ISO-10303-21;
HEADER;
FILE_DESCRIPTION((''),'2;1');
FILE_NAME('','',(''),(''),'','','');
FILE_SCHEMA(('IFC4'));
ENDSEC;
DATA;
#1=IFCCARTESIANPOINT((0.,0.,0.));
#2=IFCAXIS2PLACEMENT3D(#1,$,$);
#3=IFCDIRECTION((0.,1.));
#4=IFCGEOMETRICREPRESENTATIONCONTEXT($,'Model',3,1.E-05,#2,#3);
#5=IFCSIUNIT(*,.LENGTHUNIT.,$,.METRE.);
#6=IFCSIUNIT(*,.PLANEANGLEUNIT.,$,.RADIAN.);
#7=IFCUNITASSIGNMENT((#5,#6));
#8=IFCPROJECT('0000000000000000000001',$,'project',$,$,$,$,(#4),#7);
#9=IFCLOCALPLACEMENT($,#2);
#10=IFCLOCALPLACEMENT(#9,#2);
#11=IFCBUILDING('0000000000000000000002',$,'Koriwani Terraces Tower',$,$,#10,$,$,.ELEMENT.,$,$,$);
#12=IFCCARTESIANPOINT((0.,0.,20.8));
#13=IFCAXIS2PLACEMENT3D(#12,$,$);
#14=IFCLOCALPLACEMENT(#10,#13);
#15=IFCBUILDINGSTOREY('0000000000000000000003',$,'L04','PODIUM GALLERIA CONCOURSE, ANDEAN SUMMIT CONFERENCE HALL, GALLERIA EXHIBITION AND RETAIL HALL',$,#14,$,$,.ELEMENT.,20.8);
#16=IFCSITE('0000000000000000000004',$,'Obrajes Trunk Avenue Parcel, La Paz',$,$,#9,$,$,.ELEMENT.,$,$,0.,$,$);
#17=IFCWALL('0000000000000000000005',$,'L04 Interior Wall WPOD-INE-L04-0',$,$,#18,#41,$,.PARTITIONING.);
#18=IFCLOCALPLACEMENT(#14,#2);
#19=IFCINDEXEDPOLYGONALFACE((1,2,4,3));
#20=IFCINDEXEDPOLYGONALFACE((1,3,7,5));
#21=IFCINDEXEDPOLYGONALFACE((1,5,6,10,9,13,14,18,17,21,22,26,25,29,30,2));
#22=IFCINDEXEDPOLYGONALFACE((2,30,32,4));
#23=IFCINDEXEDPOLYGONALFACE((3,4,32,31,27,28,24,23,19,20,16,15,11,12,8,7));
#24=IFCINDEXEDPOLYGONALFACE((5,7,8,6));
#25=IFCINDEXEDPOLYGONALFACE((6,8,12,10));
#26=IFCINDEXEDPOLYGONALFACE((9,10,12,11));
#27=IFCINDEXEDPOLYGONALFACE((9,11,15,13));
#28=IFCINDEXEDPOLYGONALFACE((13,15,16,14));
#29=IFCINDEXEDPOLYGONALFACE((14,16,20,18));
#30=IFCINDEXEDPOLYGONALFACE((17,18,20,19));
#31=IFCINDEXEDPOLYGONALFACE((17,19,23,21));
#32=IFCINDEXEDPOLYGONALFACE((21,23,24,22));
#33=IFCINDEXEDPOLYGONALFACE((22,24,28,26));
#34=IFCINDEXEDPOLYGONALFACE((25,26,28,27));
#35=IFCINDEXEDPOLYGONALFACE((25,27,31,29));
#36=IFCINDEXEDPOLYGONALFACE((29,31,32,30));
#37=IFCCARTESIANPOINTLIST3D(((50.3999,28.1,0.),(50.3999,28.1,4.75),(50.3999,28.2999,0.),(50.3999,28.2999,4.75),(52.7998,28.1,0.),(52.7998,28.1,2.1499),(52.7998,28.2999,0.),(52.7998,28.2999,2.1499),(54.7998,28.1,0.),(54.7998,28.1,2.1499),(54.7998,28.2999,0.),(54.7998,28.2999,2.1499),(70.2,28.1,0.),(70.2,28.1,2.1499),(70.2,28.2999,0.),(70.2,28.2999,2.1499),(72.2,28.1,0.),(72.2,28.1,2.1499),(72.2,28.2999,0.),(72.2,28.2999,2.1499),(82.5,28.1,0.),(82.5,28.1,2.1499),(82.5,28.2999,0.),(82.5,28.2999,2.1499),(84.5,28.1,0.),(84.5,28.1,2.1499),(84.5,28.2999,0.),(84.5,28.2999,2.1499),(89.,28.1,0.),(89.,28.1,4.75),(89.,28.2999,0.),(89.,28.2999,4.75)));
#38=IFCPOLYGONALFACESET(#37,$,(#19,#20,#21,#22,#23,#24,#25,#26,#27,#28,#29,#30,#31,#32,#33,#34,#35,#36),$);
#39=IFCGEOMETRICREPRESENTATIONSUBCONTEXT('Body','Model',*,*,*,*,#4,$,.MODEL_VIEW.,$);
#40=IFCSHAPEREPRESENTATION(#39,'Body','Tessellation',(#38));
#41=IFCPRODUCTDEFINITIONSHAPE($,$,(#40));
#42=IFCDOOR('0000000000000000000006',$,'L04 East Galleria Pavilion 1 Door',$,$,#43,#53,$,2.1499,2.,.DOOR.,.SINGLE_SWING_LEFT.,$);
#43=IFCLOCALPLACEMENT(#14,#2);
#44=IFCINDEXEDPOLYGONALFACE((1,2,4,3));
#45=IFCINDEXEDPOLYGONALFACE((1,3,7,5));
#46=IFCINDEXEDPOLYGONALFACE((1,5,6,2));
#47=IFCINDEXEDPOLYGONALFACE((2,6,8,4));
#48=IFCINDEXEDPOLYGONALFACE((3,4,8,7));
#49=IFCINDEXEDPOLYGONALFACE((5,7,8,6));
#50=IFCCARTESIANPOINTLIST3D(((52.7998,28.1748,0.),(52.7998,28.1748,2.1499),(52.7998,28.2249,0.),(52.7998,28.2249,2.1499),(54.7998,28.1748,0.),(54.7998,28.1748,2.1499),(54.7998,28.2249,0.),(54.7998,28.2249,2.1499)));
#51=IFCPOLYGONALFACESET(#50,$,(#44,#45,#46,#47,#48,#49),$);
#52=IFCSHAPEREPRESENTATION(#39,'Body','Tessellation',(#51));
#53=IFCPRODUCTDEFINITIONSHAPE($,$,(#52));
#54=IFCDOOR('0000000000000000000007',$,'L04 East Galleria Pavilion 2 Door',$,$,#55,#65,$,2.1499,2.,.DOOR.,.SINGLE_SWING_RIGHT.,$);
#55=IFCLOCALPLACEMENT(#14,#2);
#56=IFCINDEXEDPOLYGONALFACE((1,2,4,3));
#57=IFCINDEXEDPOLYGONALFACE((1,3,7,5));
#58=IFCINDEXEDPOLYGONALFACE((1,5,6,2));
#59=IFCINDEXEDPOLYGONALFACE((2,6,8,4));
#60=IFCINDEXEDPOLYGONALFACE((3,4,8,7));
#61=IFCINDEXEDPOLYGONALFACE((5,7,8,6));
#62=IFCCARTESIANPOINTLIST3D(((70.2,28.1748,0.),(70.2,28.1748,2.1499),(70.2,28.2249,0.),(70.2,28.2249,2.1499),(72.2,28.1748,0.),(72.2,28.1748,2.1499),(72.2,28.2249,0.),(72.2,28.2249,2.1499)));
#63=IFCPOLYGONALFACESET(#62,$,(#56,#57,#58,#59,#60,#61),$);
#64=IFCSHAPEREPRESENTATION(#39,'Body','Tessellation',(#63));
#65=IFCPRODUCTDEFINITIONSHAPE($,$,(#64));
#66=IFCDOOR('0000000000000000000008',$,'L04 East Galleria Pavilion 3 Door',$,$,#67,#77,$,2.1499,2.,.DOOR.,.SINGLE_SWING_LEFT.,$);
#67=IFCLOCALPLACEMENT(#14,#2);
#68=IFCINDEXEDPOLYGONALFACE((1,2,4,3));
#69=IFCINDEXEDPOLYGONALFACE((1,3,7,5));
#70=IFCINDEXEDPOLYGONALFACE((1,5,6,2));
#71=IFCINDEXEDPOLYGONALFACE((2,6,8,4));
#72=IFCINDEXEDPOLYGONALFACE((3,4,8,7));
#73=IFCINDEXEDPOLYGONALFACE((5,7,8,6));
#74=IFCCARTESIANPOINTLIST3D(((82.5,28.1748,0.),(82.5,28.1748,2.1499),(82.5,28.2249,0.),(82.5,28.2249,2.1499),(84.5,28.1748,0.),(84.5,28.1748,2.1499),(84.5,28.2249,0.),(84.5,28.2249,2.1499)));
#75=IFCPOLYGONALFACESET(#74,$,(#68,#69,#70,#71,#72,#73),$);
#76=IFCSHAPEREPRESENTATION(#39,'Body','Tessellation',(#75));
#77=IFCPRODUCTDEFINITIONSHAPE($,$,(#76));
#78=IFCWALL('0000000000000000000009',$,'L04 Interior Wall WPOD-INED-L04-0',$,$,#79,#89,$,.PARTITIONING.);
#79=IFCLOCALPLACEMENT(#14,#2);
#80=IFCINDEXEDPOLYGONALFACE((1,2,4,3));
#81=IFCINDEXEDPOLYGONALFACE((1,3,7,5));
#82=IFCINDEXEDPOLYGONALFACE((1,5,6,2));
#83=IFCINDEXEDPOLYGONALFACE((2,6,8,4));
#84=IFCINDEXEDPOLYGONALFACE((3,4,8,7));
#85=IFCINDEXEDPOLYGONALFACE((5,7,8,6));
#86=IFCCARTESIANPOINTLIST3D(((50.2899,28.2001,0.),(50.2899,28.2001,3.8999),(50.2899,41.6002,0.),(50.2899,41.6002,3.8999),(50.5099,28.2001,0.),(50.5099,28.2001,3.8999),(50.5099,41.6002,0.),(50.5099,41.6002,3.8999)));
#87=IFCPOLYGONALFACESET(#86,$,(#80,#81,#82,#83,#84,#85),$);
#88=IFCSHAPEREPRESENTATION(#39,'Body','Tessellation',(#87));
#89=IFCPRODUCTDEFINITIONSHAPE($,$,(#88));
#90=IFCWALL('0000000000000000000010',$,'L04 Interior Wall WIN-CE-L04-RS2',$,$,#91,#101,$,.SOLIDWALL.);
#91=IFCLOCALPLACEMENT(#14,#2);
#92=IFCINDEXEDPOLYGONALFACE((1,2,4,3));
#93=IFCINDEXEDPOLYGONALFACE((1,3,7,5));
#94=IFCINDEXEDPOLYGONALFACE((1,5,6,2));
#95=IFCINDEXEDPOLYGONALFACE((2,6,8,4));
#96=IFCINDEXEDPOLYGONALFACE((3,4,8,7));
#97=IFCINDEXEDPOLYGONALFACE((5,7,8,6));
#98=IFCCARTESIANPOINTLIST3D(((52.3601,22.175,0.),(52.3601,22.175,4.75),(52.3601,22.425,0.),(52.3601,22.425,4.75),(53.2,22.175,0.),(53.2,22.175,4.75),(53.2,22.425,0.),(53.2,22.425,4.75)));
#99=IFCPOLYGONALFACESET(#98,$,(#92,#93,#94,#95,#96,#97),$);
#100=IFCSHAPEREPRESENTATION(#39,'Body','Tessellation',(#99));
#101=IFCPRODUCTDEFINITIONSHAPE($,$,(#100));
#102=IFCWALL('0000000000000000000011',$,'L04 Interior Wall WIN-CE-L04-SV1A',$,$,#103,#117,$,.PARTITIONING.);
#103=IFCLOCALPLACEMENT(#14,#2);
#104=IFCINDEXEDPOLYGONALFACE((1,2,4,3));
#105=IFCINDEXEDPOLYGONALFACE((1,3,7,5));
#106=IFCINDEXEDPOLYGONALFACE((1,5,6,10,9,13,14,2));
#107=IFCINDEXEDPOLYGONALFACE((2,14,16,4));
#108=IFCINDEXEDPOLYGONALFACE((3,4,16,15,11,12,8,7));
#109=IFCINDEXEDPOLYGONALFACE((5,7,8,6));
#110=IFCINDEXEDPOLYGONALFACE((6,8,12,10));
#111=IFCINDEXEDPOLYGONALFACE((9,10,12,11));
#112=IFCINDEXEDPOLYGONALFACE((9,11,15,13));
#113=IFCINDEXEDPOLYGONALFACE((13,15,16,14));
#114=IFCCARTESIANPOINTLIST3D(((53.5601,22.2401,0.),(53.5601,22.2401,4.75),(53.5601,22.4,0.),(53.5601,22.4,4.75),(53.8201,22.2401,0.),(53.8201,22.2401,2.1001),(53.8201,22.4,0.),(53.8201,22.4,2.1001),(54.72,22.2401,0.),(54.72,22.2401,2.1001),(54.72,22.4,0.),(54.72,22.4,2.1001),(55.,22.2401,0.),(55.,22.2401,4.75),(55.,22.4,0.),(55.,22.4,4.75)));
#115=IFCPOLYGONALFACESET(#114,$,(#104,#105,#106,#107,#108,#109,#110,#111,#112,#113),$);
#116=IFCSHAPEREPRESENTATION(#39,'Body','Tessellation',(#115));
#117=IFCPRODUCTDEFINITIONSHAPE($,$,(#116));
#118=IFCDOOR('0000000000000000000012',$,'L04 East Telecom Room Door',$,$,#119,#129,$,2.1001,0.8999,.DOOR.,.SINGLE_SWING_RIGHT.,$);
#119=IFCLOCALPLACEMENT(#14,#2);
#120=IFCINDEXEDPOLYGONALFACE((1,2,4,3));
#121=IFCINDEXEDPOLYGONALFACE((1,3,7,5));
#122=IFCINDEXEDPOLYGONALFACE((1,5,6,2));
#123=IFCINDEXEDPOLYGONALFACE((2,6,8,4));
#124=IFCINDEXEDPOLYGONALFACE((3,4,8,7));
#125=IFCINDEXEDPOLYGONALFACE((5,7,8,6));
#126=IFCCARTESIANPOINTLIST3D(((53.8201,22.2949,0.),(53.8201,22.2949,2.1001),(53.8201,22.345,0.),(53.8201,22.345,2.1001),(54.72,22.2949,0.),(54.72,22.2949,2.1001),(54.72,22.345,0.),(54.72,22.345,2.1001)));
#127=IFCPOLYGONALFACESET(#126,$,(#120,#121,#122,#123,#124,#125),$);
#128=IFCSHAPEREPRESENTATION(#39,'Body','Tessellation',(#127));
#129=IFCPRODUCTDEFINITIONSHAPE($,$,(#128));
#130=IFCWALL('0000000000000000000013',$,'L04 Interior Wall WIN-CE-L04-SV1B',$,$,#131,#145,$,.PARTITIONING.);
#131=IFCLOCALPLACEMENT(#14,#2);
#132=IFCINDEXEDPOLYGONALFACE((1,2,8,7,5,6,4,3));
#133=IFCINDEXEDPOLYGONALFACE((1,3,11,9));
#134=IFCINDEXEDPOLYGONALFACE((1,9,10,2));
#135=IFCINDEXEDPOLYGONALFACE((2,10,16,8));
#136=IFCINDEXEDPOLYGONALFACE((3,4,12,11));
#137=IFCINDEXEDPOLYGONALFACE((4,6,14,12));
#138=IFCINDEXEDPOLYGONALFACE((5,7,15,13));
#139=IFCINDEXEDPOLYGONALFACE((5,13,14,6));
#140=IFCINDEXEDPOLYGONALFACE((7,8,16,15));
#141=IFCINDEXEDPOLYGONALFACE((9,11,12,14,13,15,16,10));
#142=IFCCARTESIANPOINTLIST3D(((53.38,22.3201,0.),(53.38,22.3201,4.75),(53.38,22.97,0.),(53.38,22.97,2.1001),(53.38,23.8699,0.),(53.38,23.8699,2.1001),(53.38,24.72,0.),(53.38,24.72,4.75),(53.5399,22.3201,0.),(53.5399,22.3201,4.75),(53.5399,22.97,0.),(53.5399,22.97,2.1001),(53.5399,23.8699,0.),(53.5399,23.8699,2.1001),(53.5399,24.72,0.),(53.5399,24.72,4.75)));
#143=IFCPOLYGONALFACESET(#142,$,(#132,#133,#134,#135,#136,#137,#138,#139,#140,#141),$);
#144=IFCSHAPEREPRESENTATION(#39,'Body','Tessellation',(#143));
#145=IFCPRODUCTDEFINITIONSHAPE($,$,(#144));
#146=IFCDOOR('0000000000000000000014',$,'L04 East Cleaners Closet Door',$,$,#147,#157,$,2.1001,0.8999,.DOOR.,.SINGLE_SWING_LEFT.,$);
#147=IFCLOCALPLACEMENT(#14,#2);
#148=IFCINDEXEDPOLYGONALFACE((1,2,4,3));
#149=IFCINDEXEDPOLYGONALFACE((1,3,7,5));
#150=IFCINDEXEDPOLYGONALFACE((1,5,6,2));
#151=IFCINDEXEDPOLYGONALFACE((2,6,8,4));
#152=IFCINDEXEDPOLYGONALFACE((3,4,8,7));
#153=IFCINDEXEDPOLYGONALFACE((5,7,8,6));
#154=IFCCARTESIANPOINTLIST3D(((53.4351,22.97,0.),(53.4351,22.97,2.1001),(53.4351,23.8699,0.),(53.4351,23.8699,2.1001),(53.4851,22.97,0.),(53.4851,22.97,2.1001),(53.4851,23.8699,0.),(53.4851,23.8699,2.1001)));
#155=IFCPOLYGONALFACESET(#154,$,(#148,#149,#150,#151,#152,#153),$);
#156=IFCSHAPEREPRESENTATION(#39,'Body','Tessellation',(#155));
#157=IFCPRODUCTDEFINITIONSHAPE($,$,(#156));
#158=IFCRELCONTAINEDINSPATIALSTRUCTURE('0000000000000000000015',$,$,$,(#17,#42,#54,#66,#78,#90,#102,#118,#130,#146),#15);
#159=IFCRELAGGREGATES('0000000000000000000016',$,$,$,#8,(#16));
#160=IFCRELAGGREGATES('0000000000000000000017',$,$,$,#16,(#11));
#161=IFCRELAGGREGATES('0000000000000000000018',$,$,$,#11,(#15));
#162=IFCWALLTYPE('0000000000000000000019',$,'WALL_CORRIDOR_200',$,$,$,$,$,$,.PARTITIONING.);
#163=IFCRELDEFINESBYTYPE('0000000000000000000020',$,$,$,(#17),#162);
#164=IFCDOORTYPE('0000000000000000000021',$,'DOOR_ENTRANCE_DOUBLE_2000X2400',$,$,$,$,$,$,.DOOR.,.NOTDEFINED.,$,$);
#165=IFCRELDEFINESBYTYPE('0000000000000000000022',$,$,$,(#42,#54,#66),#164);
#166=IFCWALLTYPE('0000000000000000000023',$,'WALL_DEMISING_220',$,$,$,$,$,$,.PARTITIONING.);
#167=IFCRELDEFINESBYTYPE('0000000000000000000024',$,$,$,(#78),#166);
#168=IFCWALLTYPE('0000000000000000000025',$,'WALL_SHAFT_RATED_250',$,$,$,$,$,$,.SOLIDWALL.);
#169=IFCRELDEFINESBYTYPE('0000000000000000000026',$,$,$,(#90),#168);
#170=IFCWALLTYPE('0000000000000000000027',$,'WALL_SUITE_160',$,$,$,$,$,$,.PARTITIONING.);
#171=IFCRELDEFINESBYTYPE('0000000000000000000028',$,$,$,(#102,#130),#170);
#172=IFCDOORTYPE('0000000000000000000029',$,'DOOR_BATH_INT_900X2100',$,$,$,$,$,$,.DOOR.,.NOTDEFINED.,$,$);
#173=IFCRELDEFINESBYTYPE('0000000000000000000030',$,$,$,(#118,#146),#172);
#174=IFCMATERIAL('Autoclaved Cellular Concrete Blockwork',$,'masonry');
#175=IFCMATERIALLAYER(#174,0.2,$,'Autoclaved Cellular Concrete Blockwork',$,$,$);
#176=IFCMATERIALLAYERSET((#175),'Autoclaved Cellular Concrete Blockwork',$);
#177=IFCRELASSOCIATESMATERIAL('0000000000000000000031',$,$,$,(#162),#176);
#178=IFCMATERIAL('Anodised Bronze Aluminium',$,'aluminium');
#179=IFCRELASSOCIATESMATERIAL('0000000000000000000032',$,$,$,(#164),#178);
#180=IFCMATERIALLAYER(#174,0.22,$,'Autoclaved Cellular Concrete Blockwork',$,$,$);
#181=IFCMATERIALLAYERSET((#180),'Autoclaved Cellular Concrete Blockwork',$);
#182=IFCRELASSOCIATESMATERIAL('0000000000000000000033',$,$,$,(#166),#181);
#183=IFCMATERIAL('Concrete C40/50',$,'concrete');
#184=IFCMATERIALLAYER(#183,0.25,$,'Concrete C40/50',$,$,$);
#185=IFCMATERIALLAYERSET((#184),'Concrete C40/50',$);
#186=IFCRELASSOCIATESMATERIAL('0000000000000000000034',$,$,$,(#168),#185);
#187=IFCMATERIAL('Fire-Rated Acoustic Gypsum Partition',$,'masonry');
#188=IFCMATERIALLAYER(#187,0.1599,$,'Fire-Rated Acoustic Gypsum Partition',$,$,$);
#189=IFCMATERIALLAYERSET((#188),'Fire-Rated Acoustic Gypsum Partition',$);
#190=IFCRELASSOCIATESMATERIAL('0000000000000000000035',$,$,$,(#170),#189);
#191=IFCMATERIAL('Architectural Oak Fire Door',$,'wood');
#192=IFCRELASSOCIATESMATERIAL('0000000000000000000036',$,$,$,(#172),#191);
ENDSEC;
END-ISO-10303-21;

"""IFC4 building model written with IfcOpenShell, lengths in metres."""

from ifc_helpers import new_model, si_unit, direction, frame, frame_2d, origin, place, context, subcontext, project, spatial, rectangle, extrude, material, layer, layer_set, type_object, element, fill, save


model = new_model("IFC4")

# Units and contexts
model_context = context("Model", 3, precision=1e-05, world=origin(), true_north=direction((0.0, 1.0)))
body_context = subcontext(model_context, "Body", "Model", "MODEL_VIEW")
ifc_project = project(units=[si_unit("LENGTHUNIT", "METRE"), si_unit("PLANEANGLEUNIT", "RADIAN")], contexts=[model_context])

# Site, building, storey
site_placement = place(None, origin())
site = spatial("IfcSite", under=ifc_project, at=site_placement, Name="Obrajes Trunk Avenue Parcel, La Paz", CompositionType="ELEMENT", RefElevation=0.0)
building_placement = place(site_placement, origin())
building = spatial("IfcBuilding", under=site, at=building_placement, Name="Koriwani Terraces Tower", CompositionType="ELEMENT")
storey_placement = place(building_placement, frame((0.0, 0.0, 20.8)))
storey = spatial("IfcBuildingStorey", under=building, at=storey_placement, Name="L04", Description="PODIUM GALLERIA CONCOURSE, ANDEAN SUMMIT CONFERENCE HALL, GALLERIA EXHIBITION AND RETAIL HALL", CompositionType="ELEMENT", Elevation=20.8)

# Wall, openings, doors
ifc_material_1 = material(Name="Autoclaved Cellular Concrete Blockwork", Category="masonry")
ifc_layer_1 = layer(ifc_material_1, 0.2, Name="Autoclaved Cellular Concrete Blockwork")
ifc_layer_set_1 = layer_set([ifc_layer_1], Name="Autoclaved Cellular Concrete Blockwork")
wall_type_1 = type_object("IfcWallType", Name="WALL_CORRIDOR_200", PredefinedType="PARTITIONING", material=ifc_layer_set_1)
wall_1_placement = place(storey_placement, frame((50.3999, 28.2, 0.0), z_axis=(0.0, 0.0, 1.0), x_axis=(1.0, 0.0, 0.0)))
wall_1 = element("IfcWall", 1, at=wall_1_placement, inside=storey, type_object=wall_type_1, Name="L04 Interior Wall WPOD-INE-L04-0", PredefinedType="PARTITIONING", context=body_context, shape_type="SweptSolid", body=[
    extrude(rectangle(XDim=38.6001, YDim=0.2, at=frame_2d((19.3, 0.0))), origin(), (0.0, 0.0, 1.0), 4.75),
])
opening_1_placement = place(wall_1_placement, frame((2.3999, 0.0, 0.0)))
opening_1 = element("IfcOpeningElement", 2, at=opening_1_placement, cuts=wall_1, PredefinedType="OPENING", context=body_context, shape_type="SweptSolid", body=[
    extrude(rectangle(XDim=2.0, YDim=2.1499, at=frame_2d((1.0, 1.075))), frame((0.0, 0.1099, 0.0), z_axis=(0.0, -1.0, 0.0), x_axis=(1.0, 0.0, 0.0)), (0.0, 0.0, 1.0), 0.22),
])
opening_2_placement = place(wall_1_placement, frame((19.8, 0.0, 0.0)))
opening_2 = element("IfcOpeningElement", 3, at=opening_2_placement, cuts=wall_1, PredefinedType="OPENING", context=body_context, shape_type="SweptSolid", body=[
    extrude(rectangle(XDim=2.0, YDim=2.1499, at=frame_2d((1.0, 1.075))), frame((0.0, 0.1099, 0.0), z_axis=(0.0, -1.0, 0.0), x_axis=(1.0, 0.0, 0.0)), (0.0, 0.0, 1.0), 0.22),
])
opening_3_placement = place(wall_1_placement, frame((32.1001, 0.0, 0.0)))
opening_3 = element("IfcOpeningElement", 4, at=opening_3_placement, cuts=wall_1, PredefinedType="OPENING", context=body_context, shape_type="SweptSolid", body=[
    extrude(rectangle(XDim=2.0, YDim=2.1499, at=frame_2d((1.0, 1.075))), frame((0.0, 0.1099, 0.0), z_axis=(0.0, -1.0, 0.0), x_axis=(1.0, 0.0, 0.0)), (0.0, 0.0, 1.0), 0.22),
])
ifc_material_2 = material(Name="Anodised Bronze Aluminium", Category="aluminium")
door_type_1 = type_object("IfcDoorType", Name="DOOR_ENTRANCE_DOUBLE_2000X2400", OperationType="NOTDEFINED", PredefinedType="DOOR", material=ifc_material_2)
door_1_placement = place(opening_1_placement, origin())
door_1 = element("IfcDoor", 5, at=door_1_placement, inside=storey, type_object=door_type_1, Name="L04 East Galleria Pavilion 1 Door", OperationType="SINGLE_SWING_LEFT", OverallHeight=2.1499, OverallWidth=2.0, PredefinedType="DOOR", context=body_context, shape_type="SweptSolid", body=[
    extrude(rectangle(XDim=2.0, YDim=2.1499, at=frame_2d((1.0, 1.075))), frame((0.0, 0.0249, 0.0), z_axis=(0.0, -1.0, 0.0), x_axis=(1.0, 0.0, 0.0)), (0.0, 0.0, 1.0), 0.05),
])
fill(opening_1, door_1)
door_2_placement = place(opening_2_placement, origin())
door_2 = element("IfcDoor", 6, at=door_2_placement, inside=storey, type_object=door_type_1, Name="L04 East Galleria Pavilion 2 Door", OperationType="SINGLE_SWING_RIGHT", OverallHeight=2.1499, OverallWidth=2.0, PredefinedType="DOOR", context=body_context, shape_type="SweptSolid", body=[
    extrude(rectangle(XDim=2.0, YDim=2.1499, at=frame_2d((1.0, 1.075))), frame((0.0, 0.0249, 0.0), z_axis=(0.0, -1.0, 0.0), x_axis=(1.0, 0.0, 0.0)), (0.0, 0.0, 1.0), 0.05),
])
fill(opening_2, door_2)
door_3_placement = place(opening_3_placement, origin())
door_3 = element("IfcDoor", 7, at=door_3_placement, inside=storey, type_object=door_type_1, Name="L04 East Galleria Pavilion 3 Door", OperationType="SINGLE_SWING_LEFT", OverallHeight=2.1499, OverallWidth=2.0, PredefinedType="DOOR", context=body_context, shape_type="SweptSolid", body=[
    extrude(rectangle(XDim=2.0, YDim=2.1499, at=frame_2d((1.0, 1.075))), frame((0.0, 0.0249, 0.0), z_axis=(0.0, -1.0, 0.0), x_axis=(1.0, 0.0, 0.0)), (0.0, 0.0, 1.0), 0.05),
])
fill(opening_3, door_3)

# Wall
ifc_layer_2 = layer(ifc_material_1, 0.22, Name="Autoclaved Cellular Concrete Blockwork")
ifc_layer_set_2 = layer_set([ifc_layer_2], Name="Autoclaved Cellular Concrete Blockwork")
wall_type_2 = type_object("IfcWallType", Name="WALL_DEMISING_220", PredefinedType="PARTITIONING", material=ifc_layer_set_2)
wall_2_placement = place(storey_placement, frame((50.3999, 28.2, 0.0), z_axis=(0.0, 0.0, 1.0), x_axis=(0.0, 1.0, 0.0)))
element("IfcWall", 8, at=wall_2_placement, inside=storey, type_object=wall_type_2, Name="L04 Interior Wall WPOD-INED-L04-0", PredefinedType="PARTITIONING", context=body_context, shape_type="SweptSolid", body=[
    extrude(rectangle(XDim=13.4001, YDim=0.22, at=frame_2d((6.7002, 0.0))), origin(), (0.0, 0.0, 1.0), 3.8999),
])

# Shared definitions
ifc_material_3 = material(Name="Concrete C40/50", Category="concrete")
ifc_layer_3 = layer(ifc_material_3, 0.25, Name="Concrete C40/50")
ifc_layer_set_3 = layer_set([ifc_layer_3], Name="Concrete C40/50")
wall_type_3 = type_object("IfcWallType", Name="WALL_SHAFT_RATED_250", PredefinedType="SOLIDWALL", material=ifc_layer_set_3)

# Wall
wall_3_placement = place(storey_placement, frame((52.3601, 22.3, 0.0), z_axis=(0.0, 0.0, 1.0), x_axis=(1.0, 0.0, 0.0)))
element("IfcWall", 9, at=wall_3_placement, inside=storey, type_object=wall_type_3, Name="L04 Interior Wall WIN-CE-L04-RS2", PredefinedType="SOLIDWALL", context=body_context, shape_type="SweptSolid", body=[
    extrude(rectangle(XDim=0.8398, YDim=0.25, at=frame_2d((0.4199, 0.0))), origin(), (0.0, 0.0, 1.0), 4.75),
])

# Walls, openings, doors
ifc_material_4 = material(Name="Fire-Rated Acoustic Gypsum Partition", Category="masonry")
ifc_layer_4 = layer(ifc_material_4, 0.1599, Name="Fire-Rated Acoustic Gypsum Partition")
ifc_layer_set_4 = layer_set([ifc_layer_4], Name="Fire-Rated Acoustic Gypsum Partition")
wall_type_4 = type_object("IfcWallType", Name="WALL_SUITE_160", PredefinedType="PARTITIONING", material=ifc_layer_set_4)
wall_4_placement = place(storey_placement, frame((53.5601, 22.3201, 0.0), z_axis=(0.0, 0.0, 1.0), x_axis=(1.0, 0.0, 0.0)))
wall_4 = element("IfcWall", 10, at=wall_4_placement, inside=storey, type_object=wall_type_4, Name="L04 Interior Wall WIN-CE-L04-SV1A", PredefinedType="PARTITIONING", context=body_context, shape_type="SweptSolid", body=[
    extrude(rectangle(XDim=1.4399, YDim=0.1599, at=frame_2d((0.72, 0.0))), origin(), (0.0, 0.0, 1.0), 4.75),
])
opening_4_placement = place(wall_4_placement, frame((0.26, 0.0, 0.0)))
opening_4 = element("IfcOpeningElement", 11, at=opening_4_placement, cuts=wall_4, PredefinedType="OPENING", context=body_context, shape_type="SweptSolid", body=[
    extrude(rectangle(XDim=0.8999, YDim=2.1001, at=frame_2d((0.45, 1.05))), frame((0.0, 0.0898, 0.0), z_axis=(0.0, -1.0, 0.0), x_axis=(1.0, 0.0, 0.0)), (0.0, 0.0, 1.0), 0.1799),
])
ifc_material_5 = material(Name="Architectural Oak Fire Door", Category="wood")
door_type_2 = type_object("IfcDoorType", Name="DOOR_BATH_INT_900X2100", OperationType="NOTDEFINED", PredefinedType="DOOR", material=ifc_material_5)
door_4_placement = place(opening_4_placement, origin())
door_4 = element("IfcDoor", 12, at=door_4_placement, inside=storey, type_object=door_type_2, Name="L04 East Telecom Room Door", OperationType="SINGLE_SWING_RIGHT", OverallHeight=2.1001, OverallWidth=0.8999, PredefinedType="DOOR", context=body_context, shape_type="SweptSolid", body=[
    extrude(rectangle(XDim=0.8999, YDim=2.1001, at=frame_2d((0.45, 1.05))), frame((0.0, 0.0249, 0.0), z_axis=(0.0, -1.0, 0.0), x_axis=(1.0, 0.0, 0.0)), (0.0, 0.0, 1.0), 0.05),
])
fill(opening_4, door_4)
wall_5_placement = place(storey_placement, frame((53.46, 22.3201, 0.0), z_axis=(0.0, 0.0, 1.0), x_axis=(0.0, 1.0, 0.0)))
wall_5 = element("IfcWall", 13, at=wall_5_placement, inside=storey, type_object=wall_type_4, Name="L04 Interior Wall WIN-CE-L04-SV1B", PredefinedType="PARTITIONING", context=body_context, shape_type="SweptSolid", body=[
    extrude(rectangle(XDim=2.3999, YDim=0.1599, at=frame_2d((1.2, 0.0))), origin(), (0.0, 0.0, 1.0), 4.75),
])
opening_5_placement = place(wall_5_placement, frame((0.6499, 0.0, 0.0)))
opening_5 = element("IfcOpeningElement", 14, at=opening_5_placement, cuts=wall_5, PredefinedType="OPENING", context=body_context, shape_type="SweptSolid", body=[
    extrude(rectangle(XDim=0.8999, YDim=2.1001, at=frame_2d((0.45, 1.05))), frame((0.0, 0.0898, 0.0), z_axis=(0.0, -1.0, 0.0), x_axis=(1.0, 0.0, 0.0)), (0.0, 0.0, 1.0), 0.1799),
])
door_5_placement = place(opening_5_placement, origin())
door_5 = element("IfcDoor", 15, at=door_5_placement, inside=storey, type_object=door_type_2, Name="L04 East Cleaners Closet Door", OperationType="SINGLE_SWING_LEFT", OverallHeight=2.1001, OverallWidth=0.8999, PredefinedType="DOOR", context=body_context, shape_type="SweptSolid", body=[
    extrude(rectangle(XDim=0.8999, YDim=2.1001, at=frame_2d((0.45, 1.05))), frame((0.0, 0.0249, 0.0), z_axis=(0.0, -1.0, 0.0), x_axis=(1.0, 0.0, 0.0)), (0.0, 0.0, 1.0), 0.05),
])
fill(opening_5, door_5)

save(model, "model.ifc")
